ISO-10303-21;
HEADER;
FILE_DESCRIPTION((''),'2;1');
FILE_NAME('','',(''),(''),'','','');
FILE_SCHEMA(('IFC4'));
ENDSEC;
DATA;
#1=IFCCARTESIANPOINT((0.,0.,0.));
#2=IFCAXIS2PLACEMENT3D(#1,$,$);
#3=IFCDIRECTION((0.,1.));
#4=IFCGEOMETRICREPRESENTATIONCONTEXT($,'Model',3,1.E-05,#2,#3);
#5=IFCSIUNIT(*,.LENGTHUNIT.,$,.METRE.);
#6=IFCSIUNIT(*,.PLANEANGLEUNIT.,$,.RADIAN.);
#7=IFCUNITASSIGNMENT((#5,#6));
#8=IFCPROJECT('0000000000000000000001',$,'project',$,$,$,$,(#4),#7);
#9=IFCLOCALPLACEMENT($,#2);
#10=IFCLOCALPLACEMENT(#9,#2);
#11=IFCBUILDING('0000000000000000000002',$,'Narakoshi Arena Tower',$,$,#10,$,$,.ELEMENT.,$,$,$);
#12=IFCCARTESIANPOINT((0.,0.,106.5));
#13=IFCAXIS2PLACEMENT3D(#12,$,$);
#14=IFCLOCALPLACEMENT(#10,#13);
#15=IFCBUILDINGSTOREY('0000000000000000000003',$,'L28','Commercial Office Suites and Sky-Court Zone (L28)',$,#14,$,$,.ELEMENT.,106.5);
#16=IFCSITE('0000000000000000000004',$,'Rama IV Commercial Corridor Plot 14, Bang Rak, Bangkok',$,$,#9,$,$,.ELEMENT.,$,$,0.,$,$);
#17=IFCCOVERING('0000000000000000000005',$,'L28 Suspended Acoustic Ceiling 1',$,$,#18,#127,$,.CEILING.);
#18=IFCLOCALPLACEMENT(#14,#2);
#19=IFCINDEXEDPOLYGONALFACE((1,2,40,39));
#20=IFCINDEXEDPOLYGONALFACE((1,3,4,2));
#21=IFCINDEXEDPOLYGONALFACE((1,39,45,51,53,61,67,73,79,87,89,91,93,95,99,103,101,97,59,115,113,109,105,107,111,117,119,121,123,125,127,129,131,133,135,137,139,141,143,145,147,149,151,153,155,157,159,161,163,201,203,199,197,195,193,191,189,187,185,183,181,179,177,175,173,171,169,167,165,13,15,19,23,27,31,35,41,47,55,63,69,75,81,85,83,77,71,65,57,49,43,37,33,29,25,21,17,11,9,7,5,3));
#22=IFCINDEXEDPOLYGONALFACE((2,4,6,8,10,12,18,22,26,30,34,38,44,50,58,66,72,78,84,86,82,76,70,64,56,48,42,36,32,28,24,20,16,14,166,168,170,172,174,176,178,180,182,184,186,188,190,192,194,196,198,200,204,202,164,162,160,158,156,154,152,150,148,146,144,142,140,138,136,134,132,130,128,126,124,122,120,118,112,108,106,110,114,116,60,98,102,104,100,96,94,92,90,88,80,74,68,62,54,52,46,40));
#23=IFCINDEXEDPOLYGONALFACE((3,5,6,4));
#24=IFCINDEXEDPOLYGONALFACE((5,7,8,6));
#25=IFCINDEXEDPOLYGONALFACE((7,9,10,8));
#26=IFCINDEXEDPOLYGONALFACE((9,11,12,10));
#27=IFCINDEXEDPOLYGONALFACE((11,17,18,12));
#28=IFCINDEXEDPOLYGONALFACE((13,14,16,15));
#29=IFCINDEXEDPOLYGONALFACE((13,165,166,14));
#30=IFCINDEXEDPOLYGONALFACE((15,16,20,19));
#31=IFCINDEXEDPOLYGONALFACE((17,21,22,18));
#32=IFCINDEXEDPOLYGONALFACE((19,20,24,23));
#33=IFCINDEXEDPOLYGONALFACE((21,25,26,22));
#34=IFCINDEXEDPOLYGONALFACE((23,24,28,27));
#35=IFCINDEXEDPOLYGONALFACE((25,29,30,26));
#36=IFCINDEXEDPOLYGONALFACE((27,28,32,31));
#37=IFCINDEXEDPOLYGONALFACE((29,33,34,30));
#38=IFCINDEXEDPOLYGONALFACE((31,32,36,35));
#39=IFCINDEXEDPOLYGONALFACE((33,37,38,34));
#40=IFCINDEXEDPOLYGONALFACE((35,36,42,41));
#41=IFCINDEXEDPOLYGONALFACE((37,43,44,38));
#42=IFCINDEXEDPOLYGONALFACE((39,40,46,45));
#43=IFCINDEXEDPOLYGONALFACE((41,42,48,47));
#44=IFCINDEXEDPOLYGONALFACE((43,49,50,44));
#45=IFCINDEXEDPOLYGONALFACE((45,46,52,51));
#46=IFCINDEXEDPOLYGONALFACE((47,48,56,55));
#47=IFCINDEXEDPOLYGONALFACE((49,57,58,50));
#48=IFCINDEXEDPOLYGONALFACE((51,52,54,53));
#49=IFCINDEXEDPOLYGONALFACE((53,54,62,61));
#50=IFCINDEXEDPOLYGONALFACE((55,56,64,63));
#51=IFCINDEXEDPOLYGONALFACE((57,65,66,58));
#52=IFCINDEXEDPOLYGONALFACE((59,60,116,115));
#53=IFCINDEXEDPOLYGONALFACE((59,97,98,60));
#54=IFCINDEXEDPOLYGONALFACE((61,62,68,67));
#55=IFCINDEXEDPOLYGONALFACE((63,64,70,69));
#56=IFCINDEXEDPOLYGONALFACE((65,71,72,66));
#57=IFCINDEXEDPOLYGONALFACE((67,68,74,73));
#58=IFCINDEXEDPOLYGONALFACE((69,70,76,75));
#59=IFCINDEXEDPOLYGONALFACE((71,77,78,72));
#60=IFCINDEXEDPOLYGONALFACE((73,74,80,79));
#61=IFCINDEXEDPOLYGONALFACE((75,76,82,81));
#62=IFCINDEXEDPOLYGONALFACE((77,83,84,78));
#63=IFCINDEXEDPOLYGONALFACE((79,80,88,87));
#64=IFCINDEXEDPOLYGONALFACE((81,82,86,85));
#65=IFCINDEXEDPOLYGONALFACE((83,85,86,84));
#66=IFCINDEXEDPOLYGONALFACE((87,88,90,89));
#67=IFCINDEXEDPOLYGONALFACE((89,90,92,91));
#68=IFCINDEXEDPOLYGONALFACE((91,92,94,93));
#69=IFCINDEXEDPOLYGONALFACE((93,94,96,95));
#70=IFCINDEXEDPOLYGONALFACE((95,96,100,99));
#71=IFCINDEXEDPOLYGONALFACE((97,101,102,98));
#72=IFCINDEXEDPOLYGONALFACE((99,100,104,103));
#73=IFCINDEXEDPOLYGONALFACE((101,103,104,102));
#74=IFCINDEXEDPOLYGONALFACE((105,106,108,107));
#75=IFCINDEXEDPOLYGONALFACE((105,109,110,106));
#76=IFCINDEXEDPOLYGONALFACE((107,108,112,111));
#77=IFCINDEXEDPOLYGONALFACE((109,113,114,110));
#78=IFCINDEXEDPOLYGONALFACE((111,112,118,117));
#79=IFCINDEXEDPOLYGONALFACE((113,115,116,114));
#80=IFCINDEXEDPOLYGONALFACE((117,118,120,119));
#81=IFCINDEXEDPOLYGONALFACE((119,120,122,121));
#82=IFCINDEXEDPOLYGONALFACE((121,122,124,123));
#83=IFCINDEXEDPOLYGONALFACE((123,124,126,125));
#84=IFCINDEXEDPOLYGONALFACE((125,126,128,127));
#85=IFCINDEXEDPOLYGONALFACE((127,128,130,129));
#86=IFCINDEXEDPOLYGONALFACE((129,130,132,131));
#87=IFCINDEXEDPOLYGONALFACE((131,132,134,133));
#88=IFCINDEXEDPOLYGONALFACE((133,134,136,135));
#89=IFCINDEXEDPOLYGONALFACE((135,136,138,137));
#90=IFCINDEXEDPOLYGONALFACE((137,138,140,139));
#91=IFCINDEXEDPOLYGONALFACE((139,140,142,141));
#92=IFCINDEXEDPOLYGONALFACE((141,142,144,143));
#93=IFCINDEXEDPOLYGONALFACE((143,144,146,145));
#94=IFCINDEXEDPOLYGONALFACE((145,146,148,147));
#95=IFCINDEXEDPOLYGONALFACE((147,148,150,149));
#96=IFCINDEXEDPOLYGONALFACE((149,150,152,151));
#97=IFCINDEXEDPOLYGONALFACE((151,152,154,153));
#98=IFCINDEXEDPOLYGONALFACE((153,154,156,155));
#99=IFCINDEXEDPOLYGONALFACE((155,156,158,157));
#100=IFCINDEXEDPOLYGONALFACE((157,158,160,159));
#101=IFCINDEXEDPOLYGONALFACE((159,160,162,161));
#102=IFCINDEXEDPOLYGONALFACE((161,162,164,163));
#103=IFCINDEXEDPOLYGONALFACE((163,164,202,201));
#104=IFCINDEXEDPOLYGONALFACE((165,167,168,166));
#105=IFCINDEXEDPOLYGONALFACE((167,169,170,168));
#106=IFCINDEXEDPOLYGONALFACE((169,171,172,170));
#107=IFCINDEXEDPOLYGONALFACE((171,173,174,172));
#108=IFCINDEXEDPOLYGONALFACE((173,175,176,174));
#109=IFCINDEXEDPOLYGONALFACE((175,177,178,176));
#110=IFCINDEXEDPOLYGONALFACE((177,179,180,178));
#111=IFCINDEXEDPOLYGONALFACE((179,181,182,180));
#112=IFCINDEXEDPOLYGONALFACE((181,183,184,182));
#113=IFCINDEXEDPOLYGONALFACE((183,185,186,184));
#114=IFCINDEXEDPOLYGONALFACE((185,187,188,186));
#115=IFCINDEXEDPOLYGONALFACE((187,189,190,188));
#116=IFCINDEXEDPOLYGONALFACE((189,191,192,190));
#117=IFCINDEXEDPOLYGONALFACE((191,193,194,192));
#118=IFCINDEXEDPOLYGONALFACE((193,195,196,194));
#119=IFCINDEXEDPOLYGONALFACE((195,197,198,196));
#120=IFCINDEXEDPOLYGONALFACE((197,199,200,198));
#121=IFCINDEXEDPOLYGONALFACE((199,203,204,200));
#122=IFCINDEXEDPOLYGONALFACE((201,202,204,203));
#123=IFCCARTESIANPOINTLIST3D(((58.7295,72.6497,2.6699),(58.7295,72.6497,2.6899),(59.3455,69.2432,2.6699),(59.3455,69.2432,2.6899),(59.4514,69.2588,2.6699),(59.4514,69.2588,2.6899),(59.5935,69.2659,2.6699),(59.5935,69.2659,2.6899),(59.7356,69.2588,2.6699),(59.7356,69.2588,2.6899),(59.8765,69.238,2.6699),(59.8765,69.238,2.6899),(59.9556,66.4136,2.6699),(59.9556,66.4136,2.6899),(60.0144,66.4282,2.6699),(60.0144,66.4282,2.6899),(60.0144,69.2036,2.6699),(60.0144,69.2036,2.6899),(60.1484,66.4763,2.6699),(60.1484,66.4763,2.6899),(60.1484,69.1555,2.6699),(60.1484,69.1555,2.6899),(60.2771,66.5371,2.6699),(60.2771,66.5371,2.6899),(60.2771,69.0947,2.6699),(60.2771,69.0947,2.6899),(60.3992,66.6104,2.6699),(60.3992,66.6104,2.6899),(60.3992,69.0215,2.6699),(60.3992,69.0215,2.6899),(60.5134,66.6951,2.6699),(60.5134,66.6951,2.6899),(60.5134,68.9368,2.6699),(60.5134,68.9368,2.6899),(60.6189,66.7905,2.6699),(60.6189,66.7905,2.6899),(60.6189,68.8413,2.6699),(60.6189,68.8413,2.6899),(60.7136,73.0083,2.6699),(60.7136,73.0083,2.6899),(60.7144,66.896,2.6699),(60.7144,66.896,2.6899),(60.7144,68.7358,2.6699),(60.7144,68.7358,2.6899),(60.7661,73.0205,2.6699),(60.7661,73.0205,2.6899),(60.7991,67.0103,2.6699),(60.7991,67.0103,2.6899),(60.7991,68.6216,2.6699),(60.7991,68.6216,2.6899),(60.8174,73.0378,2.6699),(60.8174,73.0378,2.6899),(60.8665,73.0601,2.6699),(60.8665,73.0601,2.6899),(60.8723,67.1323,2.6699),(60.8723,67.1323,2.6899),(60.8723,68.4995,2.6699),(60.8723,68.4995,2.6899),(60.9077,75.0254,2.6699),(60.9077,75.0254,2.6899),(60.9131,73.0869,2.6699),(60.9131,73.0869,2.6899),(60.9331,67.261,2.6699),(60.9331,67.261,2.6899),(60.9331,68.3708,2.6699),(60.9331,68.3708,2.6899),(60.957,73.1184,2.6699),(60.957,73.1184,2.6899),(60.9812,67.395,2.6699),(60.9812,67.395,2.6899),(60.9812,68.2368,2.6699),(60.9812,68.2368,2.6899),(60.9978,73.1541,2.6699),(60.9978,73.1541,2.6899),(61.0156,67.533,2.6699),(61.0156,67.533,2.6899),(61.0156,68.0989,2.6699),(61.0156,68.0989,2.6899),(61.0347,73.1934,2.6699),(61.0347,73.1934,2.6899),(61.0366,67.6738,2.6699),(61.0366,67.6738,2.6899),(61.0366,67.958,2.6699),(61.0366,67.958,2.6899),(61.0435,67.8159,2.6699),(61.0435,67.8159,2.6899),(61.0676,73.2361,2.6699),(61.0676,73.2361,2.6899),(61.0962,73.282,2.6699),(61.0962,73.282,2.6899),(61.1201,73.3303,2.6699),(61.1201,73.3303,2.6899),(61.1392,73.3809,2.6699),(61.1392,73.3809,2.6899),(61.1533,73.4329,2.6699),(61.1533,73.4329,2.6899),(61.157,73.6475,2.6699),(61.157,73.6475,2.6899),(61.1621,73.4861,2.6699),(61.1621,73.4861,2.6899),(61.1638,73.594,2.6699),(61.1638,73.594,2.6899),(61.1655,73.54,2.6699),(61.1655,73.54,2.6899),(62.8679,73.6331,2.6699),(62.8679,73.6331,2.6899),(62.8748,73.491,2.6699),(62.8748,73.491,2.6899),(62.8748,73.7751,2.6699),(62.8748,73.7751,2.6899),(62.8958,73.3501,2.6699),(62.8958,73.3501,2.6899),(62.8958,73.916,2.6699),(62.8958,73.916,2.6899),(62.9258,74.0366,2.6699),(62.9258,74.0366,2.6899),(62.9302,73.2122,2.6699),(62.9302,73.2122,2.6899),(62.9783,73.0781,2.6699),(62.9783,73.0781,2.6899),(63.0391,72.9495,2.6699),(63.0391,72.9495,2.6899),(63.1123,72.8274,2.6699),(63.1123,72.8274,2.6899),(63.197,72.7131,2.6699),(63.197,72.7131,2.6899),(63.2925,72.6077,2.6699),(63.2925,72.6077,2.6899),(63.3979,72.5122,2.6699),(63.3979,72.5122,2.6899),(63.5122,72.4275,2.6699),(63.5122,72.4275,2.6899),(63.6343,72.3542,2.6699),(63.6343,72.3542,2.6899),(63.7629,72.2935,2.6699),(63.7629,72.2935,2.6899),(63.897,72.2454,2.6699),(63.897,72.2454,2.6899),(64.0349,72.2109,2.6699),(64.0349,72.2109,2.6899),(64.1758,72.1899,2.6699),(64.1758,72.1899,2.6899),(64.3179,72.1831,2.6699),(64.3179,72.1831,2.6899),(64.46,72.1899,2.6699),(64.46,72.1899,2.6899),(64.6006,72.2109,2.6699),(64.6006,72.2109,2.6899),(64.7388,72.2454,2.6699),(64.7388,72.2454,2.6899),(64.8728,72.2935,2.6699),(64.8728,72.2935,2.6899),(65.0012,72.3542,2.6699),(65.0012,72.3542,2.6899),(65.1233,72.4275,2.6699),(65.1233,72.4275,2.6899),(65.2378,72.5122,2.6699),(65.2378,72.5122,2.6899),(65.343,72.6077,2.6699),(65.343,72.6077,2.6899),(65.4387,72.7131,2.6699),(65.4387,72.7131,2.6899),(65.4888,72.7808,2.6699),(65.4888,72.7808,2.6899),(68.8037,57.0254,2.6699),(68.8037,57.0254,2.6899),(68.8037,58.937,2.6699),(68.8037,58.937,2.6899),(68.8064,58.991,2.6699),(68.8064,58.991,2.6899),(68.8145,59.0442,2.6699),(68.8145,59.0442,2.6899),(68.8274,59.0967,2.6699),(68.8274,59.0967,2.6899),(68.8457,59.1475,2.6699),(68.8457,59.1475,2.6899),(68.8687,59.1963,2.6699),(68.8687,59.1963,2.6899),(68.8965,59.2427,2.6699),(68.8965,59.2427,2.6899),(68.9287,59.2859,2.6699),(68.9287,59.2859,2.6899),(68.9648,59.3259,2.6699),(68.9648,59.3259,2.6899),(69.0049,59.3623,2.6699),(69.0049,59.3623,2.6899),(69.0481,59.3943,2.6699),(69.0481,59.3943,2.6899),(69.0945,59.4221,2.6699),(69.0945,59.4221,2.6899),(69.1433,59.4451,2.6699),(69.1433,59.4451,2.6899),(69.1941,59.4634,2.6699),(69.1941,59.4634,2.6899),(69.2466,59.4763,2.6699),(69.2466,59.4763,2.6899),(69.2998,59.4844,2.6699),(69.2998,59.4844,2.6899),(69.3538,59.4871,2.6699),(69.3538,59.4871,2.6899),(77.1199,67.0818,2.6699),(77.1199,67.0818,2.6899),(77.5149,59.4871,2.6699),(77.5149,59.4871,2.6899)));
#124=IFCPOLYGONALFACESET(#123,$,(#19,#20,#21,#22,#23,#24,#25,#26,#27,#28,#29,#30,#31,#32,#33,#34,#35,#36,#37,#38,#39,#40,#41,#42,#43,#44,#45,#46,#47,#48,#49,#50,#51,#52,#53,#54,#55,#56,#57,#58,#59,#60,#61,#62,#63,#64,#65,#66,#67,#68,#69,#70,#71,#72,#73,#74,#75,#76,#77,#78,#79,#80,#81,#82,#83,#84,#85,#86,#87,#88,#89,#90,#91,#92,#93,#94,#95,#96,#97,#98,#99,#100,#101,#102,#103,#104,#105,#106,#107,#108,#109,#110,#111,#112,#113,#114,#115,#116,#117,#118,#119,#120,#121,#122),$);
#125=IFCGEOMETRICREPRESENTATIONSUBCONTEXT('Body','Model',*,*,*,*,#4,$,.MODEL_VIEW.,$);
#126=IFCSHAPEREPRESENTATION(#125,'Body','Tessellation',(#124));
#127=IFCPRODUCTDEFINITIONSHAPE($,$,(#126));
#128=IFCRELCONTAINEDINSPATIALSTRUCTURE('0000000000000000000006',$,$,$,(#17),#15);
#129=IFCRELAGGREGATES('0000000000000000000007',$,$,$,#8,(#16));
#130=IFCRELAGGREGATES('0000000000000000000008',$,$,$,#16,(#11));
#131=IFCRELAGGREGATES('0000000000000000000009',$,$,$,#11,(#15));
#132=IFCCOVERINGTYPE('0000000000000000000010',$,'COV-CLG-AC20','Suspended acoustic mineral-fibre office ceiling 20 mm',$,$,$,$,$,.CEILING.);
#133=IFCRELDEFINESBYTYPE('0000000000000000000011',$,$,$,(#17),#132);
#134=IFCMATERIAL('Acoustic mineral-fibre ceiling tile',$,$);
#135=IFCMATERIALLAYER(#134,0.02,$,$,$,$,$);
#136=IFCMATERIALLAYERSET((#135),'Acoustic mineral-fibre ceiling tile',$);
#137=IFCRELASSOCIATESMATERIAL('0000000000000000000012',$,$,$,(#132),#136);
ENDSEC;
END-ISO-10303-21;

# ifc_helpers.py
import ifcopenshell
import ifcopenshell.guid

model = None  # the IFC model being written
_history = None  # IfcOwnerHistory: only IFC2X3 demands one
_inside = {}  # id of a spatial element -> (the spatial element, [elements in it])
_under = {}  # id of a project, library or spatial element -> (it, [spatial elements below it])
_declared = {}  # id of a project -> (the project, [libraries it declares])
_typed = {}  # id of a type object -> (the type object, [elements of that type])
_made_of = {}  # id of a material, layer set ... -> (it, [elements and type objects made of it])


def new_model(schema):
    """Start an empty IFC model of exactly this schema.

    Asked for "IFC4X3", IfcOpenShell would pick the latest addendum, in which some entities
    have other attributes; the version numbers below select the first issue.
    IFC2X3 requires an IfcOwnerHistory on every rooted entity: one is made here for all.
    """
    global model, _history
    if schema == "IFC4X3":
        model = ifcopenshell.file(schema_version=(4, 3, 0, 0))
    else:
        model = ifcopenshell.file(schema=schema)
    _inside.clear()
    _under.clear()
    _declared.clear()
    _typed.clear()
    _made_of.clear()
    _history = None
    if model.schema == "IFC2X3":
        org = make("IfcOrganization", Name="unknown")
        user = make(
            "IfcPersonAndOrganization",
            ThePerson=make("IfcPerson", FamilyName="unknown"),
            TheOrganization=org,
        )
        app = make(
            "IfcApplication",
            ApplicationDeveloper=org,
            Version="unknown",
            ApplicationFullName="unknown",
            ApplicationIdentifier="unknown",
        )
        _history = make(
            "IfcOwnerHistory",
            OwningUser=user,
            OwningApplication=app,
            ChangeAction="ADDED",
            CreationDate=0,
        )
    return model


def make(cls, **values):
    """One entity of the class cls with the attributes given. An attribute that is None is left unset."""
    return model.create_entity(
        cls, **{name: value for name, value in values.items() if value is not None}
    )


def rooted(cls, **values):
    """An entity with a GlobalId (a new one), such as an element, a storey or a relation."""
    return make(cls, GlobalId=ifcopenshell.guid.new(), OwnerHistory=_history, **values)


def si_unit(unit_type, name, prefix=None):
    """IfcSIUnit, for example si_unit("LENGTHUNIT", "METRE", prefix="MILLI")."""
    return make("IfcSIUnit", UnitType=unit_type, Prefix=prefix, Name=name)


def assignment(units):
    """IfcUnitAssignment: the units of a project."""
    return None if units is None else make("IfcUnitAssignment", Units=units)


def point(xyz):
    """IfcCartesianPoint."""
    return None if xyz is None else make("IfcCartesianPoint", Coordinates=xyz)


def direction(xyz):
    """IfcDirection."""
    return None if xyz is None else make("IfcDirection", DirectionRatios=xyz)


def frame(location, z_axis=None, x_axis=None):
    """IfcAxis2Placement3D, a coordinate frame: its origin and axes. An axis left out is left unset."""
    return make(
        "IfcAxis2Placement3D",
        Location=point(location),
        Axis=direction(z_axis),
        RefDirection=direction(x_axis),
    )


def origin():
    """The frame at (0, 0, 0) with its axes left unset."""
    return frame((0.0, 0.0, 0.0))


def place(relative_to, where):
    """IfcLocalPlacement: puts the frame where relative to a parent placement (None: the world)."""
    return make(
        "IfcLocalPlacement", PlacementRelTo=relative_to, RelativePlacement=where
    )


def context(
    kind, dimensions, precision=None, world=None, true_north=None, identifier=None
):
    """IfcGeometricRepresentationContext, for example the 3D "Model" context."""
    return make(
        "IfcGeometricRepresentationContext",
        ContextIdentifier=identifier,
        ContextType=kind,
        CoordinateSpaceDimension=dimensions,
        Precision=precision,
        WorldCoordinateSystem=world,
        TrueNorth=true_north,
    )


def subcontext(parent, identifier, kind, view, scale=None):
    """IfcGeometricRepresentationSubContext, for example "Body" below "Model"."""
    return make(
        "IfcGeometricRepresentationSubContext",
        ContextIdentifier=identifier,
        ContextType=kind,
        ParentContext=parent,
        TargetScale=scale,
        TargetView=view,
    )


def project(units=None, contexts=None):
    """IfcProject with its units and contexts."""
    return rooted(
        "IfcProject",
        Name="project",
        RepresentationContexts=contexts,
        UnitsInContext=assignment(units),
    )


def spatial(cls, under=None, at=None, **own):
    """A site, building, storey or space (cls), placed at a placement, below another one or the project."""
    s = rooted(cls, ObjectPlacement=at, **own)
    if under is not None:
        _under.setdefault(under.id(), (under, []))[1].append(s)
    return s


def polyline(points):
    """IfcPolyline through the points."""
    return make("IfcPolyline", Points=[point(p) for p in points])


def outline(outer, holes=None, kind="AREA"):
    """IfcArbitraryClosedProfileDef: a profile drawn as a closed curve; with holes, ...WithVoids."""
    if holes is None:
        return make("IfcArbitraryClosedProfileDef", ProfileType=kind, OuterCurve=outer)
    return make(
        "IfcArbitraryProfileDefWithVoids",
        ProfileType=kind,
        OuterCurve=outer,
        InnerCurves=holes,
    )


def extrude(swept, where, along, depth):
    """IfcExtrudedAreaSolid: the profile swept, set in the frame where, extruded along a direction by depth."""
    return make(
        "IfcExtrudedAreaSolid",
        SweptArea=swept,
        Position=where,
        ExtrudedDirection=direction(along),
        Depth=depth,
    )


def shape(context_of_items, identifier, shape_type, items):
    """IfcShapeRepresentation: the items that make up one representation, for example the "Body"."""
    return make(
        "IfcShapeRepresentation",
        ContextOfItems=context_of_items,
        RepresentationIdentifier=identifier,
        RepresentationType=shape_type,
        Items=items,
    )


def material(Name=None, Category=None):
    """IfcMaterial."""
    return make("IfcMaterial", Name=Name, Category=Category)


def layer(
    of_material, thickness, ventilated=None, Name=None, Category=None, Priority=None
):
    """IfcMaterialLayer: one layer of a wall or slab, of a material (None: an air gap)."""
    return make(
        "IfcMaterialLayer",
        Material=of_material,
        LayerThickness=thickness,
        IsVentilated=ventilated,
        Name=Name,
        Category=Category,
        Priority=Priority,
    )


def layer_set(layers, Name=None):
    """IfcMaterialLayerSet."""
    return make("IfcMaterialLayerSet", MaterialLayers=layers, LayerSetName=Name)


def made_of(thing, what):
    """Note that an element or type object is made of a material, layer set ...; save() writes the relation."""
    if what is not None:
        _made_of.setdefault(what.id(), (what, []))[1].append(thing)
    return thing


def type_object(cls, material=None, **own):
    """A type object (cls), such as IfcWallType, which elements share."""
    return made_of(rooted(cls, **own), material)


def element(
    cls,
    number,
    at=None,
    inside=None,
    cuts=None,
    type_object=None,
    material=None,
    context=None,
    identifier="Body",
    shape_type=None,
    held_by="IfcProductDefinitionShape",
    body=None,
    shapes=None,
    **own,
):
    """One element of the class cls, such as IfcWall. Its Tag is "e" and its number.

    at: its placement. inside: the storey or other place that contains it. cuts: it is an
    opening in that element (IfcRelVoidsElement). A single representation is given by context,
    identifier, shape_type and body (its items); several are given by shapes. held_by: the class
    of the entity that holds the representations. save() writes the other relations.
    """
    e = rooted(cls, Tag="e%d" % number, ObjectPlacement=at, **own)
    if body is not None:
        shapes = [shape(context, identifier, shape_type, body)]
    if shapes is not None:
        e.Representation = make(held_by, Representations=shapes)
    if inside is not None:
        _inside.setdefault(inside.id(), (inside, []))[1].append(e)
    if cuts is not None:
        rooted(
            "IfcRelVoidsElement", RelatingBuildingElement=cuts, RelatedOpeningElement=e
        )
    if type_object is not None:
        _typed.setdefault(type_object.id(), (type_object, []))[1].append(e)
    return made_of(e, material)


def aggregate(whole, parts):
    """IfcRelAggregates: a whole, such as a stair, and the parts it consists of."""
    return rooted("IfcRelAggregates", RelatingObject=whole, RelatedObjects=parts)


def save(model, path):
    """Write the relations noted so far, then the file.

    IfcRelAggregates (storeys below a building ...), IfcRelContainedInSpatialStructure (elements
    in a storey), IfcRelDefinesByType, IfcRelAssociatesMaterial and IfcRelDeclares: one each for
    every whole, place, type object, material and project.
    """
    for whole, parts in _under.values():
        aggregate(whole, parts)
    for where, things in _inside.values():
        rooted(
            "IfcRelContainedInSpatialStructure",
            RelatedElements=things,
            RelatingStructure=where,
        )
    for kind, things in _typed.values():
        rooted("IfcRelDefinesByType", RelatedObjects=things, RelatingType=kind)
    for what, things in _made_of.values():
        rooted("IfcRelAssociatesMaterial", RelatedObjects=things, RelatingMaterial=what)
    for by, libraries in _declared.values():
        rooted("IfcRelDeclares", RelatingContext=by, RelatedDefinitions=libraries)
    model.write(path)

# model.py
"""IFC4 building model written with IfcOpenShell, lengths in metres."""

from ifc_helpers import new_model, si_unit, direction, frame, origin, place, context, subcontext, project, spatial, polyline, outline, extrude, material, layer, layer_set, type_object, element, save


model = new_model("IFC4")

# Units and contexts
model_context = context("Model", 3, precision=1e-05, world=origin(), true_north=direction((0.0, 1.0)))
body_context = subcontext(model_context, "Body", "Model", "MODEL_VIEW")
ifc_project = project(units=[si_unit("LENGTHUNIT", "METRE"), si_unit("PLANEANGLEUNIT", "RADIAN")], contexts=[model_context])

# Site, building, storey
site_placement = place(None, origin())
site = spatial("IfcSite", under=ifc_project, at=site_placement, Name="Rama IV Commercial Corridor Plot 14, Bang Rak, Bangkok", CompositionType="ELEMENT", RefElevation=0.0)
building_placement = place(site_placement, origin())
building = spatial("IfcBuilding", under=site, at=building_placement, Name="Narakoshi Arena Tower", CompositionType="ELEMENT")
storey_placement = place(building_placement, frame((0.0, 0.0, 106.5)))
storey = spatial("IfcBuildingStorey", under=building, at=storey_placement, Name="L28", Description="Commercial Office Suites and Sky-Court Zone (L28)", CompositionType="ELEMENT", Elevation=106.5)

# Covering
ifc_material_1 = material(Name="Acoustic mineral-fibre ceiling tile")
ifc_layer_1 = layer(ifc_material_1, 0.02)
ifc_layer_set_1 = layer_set([ifc_layer_1], Name="Acoustic mineral-fibre ceiling tile")
covering_type_1 = type_object("IfcCoveringType", Name="COV-CLG-AC20", Description="Suspended acoustic mineral-fibre office ceiling 20 mm", PredefinedType="CEILING", material=ifc_layer_set_1)
covering_1_placement = place(storey_placement, frame((0.0, 0.0, 2.6699)))
element("IfcCovering", 1, at=covering_1_placement, inside=storey, type_object=covering_type_1, Name="L28 Suspended Acoustic Ceiling 1", PredefinedType="CEILING", context=body_context, shape_type="SweptSolid", body=[
    extrude(outline(polyline([(60.7136, 73.0083), (60.7661, 73.0205), (60.8174, 73.0378), (60.8665, 73.0601), (60.9131, 73.0869), (60.957, 73.1184), (60.9978, 73.1541), (61.0347, 73.1934), (61.0676, 73.2361), (61.0962, 73.282), (61.1201, 73.3303), (61.1392, 73.3809), (61.1533, 73.4329), (61.1621, 73.4861), (61.1655, 73.54), (61.1638, 73.594), (61.157, 73.6475), (60.9077, 75.0254), (62.9258, 74.0366), (62.8958, 73.916), (62.8748, 73.7751), (62.8679, 73.6331), (62.8748, 73.491), (62.8958, 73.3501), (62.9302, 73.2122), (62.9783, 73.0781), (63.0391, 72.9495), (63.1123, 72.8274), (63.197, 72.7131), (63.2925, 72.6077), (63.3979, 72.5122), (63.5122, 72.4275), (63.6343, 72.3542), (63.7629, 72.2935), (63.897, 72.2454), (64.0349, 72.2109), (64.1758, 72.1899), (64.3179, 72.1831), (64.46, 72.1899), (64.6006, 72.2109), (64.7388, 72.2454), (64.8728, 72.2935), (65.0012, 72.3542), (65.1233, 72.4275), (65.2378, 72.5122), (65.343, 72.6077), (65.4387, 72.7131), (65.4888, 72.7808), (77.1199, 67.0818), (77.5149, 59.4871), (69.3538, 59.4871), (69.2998, 59.4844), (69.2466, 59.4763), (69.1941, 59.4634), (69.1433, 59.4451), (69.0945, 59.4221), (69.0481, 59.3943), (69.0049, 59.3623), (68.9648, 59.3259), (68.9287, 59.2859), (68.8965, 59.2427), (68.8687, 59.1963), (68.8457, 59.1475), (68.8274, 59.0967), (68.8145, 59.0442), (68.8064, 58.991), (68.8037, 58.937), (68.8037, 57.0254), (59.9556, 66.4136), (60.0144, 66.4282), (60.1484, 66.4763), (60.2771, 66.5371), (60.3992, 66.6104), (60.5134, 66.6951), (60.6189, 66.7905), (60.7144, 66.896), (60.7991, 67.0103), (60.8723, 67.1323), (60.9331, 67.261), (60.9812, 67.395), (61.0156, 67.533), (61.0366, 67.6738), (61.0435, 67.8159), (61.0366, 67.958), (61.0156, 68.0989), (60.9812, 68.2368), (60.9331, 68.3708), (60.8723, 68.4995), (60.7991, 68.6216), (60.7144, 68.7358), (60.6189, 68.8413), (60.5134, 68.9368), (60.3992, 69.0215), (60.2771, 69.0947), (60.1484, 69.1555), (60.0144, 69.2036), (59.8765, 69.238), (59.7356, 69.2588), (59.5935, 69.2659), (59.4514, 69.2588), (59.3455, 69.2432), (58.7295, 72.6497), (60.7136, 73.0083)])), origin(), (0.0, 0.0, 1.0), 0.02),
])

save(model, "model.ifc")
